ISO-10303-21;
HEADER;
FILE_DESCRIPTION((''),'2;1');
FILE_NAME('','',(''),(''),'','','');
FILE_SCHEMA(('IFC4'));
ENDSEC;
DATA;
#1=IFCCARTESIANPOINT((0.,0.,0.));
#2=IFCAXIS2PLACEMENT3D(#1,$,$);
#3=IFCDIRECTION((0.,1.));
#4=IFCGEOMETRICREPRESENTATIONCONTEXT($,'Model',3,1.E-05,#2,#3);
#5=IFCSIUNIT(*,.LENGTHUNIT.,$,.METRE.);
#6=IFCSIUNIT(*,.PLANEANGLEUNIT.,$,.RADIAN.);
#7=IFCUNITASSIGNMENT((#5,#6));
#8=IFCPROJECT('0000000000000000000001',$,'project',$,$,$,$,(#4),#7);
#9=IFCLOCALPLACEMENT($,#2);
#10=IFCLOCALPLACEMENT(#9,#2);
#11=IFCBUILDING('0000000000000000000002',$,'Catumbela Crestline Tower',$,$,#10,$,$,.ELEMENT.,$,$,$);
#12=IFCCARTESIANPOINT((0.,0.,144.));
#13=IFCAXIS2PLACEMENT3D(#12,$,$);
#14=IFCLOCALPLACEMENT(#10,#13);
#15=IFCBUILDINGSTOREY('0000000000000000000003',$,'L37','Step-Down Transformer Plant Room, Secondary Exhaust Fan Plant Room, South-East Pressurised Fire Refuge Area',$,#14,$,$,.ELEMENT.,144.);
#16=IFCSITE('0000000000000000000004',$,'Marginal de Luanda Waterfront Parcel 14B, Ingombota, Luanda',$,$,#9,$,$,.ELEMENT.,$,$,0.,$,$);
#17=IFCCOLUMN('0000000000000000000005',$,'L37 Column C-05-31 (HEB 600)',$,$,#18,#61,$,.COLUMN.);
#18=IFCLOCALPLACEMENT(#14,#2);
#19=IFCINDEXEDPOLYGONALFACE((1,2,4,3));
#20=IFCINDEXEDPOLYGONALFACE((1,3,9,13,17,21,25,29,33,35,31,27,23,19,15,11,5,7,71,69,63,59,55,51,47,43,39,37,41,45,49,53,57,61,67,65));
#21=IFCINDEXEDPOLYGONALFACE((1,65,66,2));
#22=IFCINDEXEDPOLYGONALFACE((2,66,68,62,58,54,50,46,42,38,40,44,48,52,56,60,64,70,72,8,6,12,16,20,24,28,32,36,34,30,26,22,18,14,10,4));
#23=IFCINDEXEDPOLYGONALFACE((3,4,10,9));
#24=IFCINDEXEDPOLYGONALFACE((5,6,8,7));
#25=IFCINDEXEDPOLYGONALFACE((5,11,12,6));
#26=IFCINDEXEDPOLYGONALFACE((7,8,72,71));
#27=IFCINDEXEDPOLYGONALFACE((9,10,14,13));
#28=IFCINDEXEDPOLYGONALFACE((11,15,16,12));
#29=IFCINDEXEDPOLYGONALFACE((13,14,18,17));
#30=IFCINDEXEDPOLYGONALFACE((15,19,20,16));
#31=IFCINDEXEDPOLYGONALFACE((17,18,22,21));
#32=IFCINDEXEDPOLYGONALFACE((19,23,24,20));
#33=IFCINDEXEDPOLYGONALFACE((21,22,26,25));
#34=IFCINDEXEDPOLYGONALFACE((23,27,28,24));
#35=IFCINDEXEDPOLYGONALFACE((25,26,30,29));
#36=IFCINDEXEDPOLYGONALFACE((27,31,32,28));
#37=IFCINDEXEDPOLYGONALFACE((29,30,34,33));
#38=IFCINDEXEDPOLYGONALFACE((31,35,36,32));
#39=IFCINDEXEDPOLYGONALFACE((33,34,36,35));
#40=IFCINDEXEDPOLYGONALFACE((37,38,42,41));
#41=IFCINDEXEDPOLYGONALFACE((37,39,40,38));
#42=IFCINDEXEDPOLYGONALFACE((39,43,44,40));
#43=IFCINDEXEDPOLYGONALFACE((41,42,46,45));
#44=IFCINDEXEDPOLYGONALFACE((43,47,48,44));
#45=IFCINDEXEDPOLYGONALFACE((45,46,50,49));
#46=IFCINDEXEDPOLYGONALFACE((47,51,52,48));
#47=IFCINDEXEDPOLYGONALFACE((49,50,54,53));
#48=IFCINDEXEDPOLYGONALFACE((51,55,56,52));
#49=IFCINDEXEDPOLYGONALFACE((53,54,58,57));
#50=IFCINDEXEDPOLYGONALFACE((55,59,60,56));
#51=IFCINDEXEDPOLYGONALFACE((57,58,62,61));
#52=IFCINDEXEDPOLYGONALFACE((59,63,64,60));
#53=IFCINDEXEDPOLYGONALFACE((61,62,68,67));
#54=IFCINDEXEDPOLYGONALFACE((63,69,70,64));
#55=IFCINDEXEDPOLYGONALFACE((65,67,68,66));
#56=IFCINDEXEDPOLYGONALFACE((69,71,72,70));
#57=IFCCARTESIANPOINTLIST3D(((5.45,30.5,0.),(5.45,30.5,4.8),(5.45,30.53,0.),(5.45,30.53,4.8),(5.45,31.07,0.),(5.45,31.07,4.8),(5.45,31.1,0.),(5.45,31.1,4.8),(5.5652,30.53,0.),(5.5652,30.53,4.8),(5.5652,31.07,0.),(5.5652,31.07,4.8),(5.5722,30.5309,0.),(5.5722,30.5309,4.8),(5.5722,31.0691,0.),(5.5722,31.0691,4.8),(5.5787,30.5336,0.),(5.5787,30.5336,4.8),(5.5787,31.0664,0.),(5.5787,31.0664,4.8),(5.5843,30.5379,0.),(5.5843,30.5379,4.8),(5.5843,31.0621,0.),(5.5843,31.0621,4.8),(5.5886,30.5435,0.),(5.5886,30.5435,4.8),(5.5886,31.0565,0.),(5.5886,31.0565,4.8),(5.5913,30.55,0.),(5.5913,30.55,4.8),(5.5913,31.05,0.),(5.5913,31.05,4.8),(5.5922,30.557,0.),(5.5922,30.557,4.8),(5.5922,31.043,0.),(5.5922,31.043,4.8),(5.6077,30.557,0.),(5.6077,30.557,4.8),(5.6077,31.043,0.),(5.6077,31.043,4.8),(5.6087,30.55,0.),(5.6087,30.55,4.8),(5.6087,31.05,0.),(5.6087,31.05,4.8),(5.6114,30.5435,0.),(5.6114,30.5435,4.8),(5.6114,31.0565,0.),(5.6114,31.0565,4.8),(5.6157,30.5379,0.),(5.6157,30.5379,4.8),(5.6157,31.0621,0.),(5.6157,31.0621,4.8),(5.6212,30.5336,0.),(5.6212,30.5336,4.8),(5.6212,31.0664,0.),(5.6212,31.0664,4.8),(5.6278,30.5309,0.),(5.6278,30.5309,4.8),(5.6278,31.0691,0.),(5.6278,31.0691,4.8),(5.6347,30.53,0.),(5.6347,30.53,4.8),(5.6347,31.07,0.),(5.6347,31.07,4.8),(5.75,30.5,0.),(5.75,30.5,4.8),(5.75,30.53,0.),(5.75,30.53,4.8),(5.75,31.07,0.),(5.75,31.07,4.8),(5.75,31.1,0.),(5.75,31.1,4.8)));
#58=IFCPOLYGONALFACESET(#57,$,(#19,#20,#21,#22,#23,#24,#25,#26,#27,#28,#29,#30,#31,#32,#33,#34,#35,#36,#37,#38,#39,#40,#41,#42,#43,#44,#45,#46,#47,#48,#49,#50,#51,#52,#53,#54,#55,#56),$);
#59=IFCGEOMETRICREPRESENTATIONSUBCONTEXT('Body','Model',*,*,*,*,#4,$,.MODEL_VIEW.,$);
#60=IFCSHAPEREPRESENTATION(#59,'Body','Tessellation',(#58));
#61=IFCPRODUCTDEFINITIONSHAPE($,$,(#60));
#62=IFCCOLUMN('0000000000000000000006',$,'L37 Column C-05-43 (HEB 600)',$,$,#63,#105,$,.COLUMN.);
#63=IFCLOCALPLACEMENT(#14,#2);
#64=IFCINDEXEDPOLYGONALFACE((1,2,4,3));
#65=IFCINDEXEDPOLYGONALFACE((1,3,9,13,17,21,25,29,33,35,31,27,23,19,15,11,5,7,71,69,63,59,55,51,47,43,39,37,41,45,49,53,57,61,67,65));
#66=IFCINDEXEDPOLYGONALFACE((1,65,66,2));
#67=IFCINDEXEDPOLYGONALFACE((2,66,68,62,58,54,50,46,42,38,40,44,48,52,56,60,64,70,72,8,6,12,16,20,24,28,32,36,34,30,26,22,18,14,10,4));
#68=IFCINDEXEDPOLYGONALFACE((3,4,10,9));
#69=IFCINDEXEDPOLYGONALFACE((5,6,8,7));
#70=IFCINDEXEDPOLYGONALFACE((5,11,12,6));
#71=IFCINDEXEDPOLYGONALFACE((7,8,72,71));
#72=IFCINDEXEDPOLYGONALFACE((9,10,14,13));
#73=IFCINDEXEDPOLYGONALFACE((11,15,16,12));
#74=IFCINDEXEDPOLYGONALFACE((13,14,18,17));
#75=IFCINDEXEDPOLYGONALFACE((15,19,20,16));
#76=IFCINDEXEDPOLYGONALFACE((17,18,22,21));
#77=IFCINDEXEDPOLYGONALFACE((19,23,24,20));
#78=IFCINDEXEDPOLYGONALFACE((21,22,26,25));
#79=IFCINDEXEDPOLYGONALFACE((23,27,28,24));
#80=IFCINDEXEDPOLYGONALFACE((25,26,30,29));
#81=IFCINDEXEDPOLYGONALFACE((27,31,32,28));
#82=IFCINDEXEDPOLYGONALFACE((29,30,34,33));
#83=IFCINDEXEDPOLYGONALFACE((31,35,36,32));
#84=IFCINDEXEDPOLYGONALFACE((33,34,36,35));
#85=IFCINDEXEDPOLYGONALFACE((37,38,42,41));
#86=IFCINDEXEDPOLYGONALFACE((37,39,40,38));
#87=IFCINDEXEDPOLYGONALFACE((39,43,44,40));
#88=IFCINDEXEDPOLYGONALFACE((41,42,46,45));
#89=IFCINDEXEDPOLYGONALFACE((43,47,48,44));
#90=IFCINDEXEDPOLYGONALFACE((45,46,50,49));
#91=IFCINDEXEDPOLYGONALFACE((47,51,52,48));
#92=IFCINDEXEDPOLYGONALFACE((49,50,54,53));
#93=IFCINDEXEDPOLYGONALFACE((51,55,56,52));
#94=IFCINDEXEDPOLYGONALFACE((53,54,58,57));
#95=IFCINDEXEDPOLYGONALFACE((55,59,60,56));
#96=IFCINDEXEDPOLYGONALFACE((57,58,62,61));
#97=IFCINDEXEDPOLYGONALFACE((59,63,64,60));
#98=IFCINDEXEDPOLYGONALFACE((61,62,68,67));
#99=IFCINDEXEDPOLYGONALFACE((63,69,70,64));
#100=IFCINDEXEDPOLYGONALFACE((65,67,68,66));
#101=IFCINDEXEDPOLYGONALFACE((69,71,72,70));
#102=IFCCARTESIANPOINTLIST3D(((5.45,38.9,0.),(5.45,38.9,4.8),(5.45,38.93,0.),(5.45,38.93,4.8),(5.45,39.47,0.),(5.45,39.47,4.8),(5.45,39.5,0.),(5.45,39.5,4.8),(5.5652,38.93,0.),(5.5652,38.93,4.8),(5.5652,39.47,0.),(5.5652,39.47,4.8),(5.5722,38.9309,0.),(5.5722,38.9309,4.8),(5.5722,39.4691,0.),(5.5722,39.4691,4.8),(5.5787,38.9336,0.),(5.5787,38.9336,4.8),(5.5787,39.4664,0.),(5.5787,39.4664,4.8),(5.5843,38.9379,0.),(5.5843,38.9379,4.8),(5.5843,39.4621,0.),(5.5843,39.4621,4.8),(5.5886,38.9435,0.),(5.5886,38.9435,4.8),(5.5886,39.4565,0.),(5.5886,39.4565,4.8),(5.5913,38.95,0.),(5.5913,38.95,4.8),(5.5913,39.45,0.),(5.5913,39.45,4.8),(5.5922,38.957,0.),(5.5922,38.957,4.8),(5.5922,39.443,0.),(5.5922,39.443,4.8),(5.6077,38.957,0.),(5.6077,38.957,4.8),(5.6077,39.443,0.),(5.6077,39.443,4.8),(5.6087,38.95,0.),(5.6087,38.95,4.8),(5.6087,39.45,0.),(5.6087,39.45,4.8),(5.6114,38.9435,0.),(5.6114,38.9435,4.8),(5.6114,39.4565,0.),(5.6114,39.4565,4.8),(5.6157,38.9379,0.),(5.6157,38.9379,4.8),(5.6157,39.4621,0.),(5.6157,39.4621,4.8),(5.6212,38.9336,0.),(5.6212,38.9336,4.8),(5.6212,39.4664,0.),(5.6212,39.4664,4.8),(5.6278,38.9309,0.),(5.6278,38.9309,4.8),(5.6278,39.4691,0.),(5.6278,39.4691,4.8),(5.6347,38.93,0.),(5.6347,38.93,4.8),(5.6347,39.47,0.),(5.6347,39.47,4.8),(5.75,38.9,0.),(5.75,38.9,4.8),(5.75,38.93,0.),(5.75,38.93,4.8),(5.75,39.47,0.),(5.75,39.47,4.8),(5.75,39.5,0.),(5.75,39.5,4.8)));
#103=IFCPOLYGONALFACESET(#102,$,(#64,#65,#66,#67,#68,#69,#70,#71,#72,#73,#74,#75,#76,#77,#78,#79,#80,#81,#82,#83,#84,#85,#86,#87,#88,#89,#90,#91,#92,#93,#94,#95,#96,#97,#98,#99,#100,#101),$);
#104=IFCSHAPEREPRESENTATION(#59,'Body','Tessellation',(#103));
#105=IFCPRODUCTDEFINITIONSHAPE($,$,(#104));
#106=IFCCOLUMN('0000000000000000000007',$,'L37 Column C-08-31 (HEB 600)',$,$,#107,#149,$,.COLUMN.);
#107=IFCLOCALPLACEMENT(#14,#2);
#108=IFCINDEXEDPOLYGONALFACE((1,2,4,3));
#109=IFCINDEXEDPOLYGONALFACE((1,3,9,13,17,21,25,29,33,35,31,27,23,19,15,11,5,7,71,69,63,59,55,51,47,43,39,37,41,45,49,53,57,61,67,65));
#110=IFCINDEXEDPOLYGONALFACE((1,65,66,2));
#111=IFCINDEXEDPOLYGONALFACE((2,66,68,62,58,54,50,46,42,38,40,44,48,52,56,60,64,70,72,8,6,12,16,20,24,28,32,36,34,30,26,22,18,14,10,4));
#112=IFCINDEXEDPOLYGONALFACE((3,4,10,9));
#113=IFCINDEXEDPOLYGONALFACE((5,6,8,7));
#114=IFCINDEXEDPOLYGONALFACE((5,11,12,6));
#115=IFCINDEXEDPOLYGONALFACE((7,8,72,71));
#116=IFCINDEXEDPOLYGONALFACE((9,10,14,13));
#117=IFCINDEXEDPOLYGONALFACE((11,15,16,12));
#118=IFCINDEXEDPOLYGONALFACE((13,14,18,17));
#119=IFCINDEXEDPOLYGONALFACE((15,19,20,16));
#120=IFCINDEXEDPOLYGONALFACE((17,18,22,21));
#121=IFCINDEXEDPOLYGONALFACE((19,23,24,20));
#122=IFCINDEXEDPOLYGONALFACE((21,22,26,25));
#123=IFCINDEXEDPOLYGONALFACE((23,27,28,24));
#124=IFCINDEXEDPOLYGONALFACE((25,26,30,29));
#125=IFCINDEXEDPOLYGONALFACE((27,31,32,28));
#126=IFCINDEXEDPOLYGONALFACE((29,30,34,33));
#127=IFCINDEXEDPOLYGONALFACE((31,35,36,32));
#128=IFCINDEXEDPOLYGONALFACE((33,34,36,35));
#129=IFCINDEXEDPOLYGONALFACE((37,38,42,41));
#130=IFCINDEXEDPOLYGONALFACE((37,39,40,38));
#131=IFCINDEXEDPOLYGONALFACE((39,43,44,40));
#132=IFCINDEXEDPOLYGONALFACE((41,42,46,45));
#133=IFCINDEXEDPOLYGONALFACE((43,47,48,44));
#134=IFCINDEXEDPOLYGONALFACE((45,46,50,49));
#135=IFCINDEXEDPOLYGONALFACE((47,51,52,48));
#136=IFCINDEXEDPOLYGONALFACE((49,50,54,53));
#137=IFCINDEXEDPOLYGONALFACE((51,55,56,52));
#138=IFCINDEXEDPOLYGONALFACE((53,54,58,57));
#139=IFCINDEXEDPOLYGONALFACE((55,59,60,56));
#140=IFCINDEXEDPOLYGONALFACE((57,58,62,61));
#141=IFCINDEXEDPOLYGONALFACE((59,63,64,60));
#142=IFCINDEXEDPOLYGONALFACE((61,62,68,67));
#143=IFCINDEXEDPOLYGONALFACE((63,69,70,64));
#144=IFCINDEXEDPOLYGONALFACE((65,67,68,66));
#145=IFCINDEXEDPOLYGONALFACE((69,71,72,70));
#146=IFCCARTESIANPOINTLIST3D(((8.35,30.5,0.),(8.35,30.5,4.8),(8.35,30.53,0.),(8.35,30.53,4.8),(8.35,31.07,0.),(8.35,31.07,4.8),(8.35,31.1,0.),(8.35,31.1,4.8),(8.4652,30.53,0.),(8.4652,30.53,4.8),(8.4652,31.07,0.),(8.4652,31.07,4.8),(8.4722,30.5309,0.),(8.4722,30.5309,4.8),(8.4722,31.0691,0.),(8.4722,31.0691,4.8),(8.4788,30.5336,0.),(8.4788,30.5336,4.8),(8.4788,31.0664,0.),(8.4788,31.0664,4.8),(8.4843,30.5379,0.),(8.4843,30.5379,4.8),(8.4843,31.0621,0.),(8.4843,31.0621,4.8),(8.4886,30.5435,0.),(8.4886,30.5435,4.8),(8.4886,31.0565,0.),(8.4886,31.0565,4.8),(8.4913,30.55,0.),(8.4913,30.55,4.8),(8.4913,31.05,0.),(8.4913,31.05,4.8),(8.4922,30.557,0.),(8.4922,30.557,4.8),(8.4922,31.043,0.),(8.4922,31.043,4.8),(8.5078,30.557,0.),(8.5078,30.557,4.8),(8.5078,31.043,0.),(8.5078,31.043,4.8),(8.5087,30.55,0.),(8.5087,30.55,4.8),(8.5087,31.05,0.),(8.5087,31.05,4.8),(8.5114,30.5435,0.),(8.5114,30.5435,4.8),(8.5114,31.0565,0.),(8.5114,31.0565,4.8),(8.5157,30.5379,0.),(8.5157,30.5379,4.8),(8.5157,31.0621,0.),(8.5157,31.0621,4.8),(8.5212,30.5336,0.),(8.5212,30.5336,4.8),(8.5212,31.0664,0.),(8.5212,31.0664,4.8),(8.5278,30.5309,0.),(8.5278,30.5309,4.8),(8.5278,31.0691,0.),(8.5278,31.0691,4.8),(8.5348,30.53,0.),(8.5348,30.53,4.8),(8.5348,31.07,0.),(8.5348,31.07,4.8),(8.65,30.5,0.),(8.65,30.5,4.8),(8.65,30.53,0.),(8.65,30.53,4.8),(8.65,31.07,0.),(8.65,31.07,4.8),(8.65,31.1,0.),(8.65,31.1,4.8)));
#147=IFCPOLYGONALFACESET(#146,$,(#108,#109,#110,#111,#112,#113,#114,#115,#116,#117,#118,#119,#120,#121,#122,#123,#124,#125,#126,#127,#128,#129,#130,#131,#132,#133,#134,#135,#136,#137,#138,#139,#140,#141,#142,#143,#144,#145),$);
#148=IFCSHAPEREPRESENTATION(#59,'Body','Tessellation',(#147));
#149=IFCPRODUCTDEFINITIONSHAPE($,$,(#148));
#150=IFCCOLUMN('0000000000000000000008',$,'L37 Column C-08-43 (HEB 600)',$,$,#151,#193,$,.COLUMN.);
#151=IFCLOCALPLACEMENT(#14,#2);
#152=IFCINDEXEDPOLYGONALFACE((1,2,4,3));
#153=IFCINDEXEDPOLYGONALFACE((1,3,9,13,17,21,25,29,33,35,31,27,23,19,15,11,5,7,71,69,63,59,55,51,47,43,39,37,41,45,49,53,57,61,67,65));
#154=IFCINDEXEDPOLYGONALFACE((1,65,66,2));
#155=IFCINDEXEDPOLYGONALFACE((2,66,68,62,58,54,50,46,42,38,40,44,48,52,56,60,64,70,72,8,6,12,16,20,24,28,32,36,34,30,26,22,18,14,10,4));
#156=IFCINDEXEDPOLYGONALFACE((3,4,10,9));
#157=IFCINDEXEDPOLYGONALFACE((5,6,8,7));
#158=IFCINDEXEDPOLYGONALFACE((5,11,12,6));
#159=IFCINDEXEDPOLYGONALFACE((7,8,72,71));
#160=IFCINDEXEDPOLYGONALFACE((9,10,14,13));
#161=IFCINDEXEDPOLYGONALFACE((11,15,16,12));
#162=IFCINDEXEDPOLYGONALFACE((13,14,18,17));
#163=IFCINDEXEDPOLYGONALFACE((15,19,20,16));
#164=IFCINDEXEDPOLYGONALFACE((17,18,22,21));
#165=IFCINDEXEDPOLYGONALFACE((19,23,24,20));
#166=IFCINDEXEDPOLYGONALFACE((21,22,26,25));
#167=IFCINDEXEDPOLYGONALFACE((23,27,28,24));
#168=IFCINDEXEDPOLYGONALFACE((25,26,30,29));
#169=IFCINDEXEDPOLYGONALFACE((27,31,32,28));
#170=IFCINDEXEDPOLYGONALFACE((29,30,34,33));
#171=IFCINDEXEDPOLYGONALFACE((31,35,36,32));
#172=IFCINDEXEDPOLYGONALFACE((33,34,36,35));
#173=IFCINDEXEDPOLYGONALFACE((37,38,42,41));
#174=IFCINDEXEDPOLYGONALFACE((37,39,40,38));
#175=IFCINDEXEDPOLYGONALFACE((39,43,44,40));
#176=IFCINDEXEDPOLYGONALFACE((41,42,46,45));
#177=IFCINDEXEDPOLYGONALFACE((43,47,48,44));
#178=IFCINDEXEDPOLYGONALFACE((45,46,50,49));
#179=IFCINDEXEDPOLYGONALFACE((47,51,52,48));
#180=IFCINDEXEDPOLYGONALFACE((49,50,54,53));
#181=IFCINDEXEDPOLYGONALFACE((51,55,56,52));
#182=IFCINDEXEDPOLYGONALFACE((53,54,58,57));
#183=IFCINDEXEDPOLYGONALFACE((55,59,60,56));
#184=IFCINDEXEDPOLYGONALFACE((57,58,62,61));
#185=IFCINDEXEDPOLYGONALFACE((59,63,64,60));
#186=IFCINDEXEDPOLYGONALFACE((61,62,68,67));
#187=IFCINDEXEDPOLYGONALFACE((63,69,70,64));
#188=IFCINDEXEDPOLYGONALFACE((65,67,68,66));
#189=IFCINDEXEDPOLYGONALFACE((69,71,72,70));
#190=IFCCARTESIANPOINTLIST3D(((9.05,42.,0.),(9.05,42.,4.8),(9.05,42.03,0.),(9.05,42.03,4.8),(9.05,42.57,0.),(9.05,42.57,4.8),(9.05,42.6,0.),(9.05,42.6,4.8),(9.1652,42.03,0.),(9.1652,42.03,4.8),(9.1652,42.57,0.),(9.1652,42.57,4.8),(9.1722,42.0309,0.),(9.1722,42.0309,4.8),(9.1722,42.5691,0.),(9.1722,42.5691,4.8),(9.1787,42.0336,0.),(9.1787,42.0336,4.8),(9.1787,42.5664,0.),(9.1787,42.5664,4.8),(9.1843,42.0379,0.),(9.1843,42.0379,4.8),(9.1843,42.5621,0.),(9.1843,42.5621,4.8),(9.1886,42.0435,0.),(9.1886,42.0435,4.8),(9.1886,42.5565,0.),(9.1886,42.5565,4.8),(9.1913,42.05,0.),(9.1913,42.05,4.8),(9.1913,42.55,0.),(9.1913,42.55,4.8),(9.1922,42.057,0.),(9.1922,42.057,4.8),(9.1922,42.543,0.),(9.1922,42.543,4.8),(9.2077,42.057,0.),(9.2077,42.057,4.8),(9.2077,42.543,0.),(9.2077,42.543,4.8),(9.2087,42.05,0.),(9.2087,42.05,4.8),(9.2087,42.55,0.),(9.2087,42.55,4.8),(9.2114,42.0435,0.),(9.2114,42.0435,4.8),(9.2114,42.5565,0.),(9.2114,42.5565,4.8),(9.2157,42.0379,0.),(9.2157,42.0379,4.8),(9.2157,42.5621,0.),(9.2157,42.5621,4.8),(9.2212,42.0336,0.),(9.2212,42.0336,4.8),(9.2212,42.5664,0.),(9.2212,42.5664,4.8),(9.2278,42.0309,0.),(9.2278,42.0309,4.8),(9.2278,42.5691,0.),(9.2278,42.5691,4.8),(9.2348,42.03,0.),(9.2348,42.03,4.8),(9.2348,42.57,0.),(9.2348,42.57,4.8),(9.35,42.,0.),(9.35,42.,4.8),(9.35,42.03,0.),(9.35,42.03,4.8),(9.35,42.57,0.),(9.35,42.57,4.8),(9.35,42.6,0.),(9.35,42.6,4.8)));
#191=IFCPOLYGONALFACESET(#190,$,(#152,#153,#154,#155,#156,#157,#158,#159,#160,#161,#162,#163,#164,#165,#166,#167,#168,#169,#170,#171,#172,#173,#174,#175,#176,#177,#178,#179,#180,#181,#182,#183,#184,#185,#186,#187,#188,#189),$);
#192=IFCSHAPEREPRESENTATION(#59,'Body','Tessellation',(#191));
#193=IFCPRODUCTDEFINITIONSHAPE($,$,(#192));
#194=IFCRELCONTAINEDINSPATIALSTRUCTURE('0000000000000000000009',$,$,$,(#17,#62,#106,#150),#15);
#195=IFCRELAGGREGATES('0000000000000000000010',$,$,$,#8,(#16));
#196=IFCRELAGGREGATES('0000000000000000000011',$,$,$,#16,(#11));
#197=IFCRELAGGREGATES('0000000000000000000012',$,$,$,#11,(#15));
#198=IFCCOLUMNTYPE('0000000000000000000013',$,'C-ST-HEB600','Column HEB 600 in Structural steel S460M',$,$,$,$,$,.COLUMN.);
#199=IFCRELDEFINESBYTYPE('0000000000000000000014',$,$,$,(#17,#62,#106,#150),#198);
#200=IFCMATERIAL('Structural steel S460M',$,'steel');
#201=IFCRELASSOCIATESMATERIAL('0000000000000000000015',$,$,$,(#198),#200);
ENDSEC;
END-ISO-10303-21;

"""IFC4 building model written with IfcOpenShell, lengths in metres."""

from ifc_helpers import new_model, si_unit, direction, frame, origin, origin_2d, place, context, subcontext, project, spatial, i_section, extrude, material, material_profile, profile_set, type_object, element, save


model = new_model("IFC4")

# Units and contexts
model_context = context("Model", 3, precision=1e-05, world=origin(), true_north=direction((0.0, 1.0)))
body_context = subcontext(model_context, "Body", "Model", "MODEL_VIEW")
ifc_project = project(units=[si_unit("LENGTHUNIT", "METRE"), si_unit("PLANEANGLEUNIT", "RADIAN")], contexts=[model_context])

# Site, building, storey
site_placement = place(None, origin())
site = spatial("IfcSite", under=ifc_project, at=site_placement, Name="Marginal de Luanda Waterfront Parcel 14B, Ingombota, Luanda", CompositionType="ELEMENT", RefElevation=0.0)
building_placement = place(site_placement, origin())
building = spatial("IfcBuilding", under=site, at=building_placement, Name="Catumbela Crestline Tower", CompositionType="ELEMENT")
storey_placement = place(building_placement, frame((0.0, 0.0, 144.0)))
storey = spatial("IfcBuildingStorey", under=building, at=storey_placement, Name="L37", Description="Step-Down Transformer Plant Room, Secondary Exhaust Fan Plant Room, South-East Pressurised Fire Refuge Area", CompositionType="ELEMENT", Elevation=144.0)

# Columns
ifc_material_1 = material(Name="Structural steel S460M", Category="steel")
ifc_material_profile_1 = material_profile(ifc_material_1, i_section(OverallWidth=0.3, OverallDepth=0.6, WebThickness=0.0155, FlangeThickness=0.03, FilletRadius=0.027, at=origin_2d()), Name="HEB 600")
ifc_profile_set_1 = profile_set([ifc_material_profile_1], Name="Structural steel S460M")
column_type = type_object("IfcColumnType", Name="C-ST-HEB600", Description="Column HEB 600 in Structural steel S460M", PredefinedType="COLUMN", material=ifc_profile_set_1)
for number, where, z_axis, x_axis, name in (
    (1, (5.6, 30.8, 0.0), (0.0, 0.0, 1.0), (1.0, 0.0, 0.0), "L37 Column C-05-31 (HEB 600)"),
    (2, (5.6, 39.2, 0.0), (0.0, 0.0, 1.0), (1.0, 0.0, 0.0), "L37 Column C-05-43 (HEB 600)"),
    (3, (8.5, 30.8, 0.0), (0.0, 0.0, 1.0), (1.0, 0.0, 0.0), "L37 Column C-08-31 (HEB 600)"),
    (4, (9.2, 42.3, 0.0), (0.0, 0.0, 1.0), (1.0, 0.0, 0.0), "L37 Column C-08-43 (HEB 600)"),
):
    element("IfcColumn", number, at=place(storey_placement, frame(where, z_axis=z_axis, x_axis=x_axis)), inside=storey, type_object=column_type, Name=name, PredefinedType="COLUMN", context=body_context, shape_type="SweptSolid", body=[
        extrude(i_section(OverallWidth=0.3, OverallDepth=0.6, WebThickness=0.0155, FlangeThickness=0.03, FilletRadius=0.027, at=origin_2d()), origin(), (0.0, 0.0, 1.0), 4.8),
    ])

save(model, "model.ifc")
